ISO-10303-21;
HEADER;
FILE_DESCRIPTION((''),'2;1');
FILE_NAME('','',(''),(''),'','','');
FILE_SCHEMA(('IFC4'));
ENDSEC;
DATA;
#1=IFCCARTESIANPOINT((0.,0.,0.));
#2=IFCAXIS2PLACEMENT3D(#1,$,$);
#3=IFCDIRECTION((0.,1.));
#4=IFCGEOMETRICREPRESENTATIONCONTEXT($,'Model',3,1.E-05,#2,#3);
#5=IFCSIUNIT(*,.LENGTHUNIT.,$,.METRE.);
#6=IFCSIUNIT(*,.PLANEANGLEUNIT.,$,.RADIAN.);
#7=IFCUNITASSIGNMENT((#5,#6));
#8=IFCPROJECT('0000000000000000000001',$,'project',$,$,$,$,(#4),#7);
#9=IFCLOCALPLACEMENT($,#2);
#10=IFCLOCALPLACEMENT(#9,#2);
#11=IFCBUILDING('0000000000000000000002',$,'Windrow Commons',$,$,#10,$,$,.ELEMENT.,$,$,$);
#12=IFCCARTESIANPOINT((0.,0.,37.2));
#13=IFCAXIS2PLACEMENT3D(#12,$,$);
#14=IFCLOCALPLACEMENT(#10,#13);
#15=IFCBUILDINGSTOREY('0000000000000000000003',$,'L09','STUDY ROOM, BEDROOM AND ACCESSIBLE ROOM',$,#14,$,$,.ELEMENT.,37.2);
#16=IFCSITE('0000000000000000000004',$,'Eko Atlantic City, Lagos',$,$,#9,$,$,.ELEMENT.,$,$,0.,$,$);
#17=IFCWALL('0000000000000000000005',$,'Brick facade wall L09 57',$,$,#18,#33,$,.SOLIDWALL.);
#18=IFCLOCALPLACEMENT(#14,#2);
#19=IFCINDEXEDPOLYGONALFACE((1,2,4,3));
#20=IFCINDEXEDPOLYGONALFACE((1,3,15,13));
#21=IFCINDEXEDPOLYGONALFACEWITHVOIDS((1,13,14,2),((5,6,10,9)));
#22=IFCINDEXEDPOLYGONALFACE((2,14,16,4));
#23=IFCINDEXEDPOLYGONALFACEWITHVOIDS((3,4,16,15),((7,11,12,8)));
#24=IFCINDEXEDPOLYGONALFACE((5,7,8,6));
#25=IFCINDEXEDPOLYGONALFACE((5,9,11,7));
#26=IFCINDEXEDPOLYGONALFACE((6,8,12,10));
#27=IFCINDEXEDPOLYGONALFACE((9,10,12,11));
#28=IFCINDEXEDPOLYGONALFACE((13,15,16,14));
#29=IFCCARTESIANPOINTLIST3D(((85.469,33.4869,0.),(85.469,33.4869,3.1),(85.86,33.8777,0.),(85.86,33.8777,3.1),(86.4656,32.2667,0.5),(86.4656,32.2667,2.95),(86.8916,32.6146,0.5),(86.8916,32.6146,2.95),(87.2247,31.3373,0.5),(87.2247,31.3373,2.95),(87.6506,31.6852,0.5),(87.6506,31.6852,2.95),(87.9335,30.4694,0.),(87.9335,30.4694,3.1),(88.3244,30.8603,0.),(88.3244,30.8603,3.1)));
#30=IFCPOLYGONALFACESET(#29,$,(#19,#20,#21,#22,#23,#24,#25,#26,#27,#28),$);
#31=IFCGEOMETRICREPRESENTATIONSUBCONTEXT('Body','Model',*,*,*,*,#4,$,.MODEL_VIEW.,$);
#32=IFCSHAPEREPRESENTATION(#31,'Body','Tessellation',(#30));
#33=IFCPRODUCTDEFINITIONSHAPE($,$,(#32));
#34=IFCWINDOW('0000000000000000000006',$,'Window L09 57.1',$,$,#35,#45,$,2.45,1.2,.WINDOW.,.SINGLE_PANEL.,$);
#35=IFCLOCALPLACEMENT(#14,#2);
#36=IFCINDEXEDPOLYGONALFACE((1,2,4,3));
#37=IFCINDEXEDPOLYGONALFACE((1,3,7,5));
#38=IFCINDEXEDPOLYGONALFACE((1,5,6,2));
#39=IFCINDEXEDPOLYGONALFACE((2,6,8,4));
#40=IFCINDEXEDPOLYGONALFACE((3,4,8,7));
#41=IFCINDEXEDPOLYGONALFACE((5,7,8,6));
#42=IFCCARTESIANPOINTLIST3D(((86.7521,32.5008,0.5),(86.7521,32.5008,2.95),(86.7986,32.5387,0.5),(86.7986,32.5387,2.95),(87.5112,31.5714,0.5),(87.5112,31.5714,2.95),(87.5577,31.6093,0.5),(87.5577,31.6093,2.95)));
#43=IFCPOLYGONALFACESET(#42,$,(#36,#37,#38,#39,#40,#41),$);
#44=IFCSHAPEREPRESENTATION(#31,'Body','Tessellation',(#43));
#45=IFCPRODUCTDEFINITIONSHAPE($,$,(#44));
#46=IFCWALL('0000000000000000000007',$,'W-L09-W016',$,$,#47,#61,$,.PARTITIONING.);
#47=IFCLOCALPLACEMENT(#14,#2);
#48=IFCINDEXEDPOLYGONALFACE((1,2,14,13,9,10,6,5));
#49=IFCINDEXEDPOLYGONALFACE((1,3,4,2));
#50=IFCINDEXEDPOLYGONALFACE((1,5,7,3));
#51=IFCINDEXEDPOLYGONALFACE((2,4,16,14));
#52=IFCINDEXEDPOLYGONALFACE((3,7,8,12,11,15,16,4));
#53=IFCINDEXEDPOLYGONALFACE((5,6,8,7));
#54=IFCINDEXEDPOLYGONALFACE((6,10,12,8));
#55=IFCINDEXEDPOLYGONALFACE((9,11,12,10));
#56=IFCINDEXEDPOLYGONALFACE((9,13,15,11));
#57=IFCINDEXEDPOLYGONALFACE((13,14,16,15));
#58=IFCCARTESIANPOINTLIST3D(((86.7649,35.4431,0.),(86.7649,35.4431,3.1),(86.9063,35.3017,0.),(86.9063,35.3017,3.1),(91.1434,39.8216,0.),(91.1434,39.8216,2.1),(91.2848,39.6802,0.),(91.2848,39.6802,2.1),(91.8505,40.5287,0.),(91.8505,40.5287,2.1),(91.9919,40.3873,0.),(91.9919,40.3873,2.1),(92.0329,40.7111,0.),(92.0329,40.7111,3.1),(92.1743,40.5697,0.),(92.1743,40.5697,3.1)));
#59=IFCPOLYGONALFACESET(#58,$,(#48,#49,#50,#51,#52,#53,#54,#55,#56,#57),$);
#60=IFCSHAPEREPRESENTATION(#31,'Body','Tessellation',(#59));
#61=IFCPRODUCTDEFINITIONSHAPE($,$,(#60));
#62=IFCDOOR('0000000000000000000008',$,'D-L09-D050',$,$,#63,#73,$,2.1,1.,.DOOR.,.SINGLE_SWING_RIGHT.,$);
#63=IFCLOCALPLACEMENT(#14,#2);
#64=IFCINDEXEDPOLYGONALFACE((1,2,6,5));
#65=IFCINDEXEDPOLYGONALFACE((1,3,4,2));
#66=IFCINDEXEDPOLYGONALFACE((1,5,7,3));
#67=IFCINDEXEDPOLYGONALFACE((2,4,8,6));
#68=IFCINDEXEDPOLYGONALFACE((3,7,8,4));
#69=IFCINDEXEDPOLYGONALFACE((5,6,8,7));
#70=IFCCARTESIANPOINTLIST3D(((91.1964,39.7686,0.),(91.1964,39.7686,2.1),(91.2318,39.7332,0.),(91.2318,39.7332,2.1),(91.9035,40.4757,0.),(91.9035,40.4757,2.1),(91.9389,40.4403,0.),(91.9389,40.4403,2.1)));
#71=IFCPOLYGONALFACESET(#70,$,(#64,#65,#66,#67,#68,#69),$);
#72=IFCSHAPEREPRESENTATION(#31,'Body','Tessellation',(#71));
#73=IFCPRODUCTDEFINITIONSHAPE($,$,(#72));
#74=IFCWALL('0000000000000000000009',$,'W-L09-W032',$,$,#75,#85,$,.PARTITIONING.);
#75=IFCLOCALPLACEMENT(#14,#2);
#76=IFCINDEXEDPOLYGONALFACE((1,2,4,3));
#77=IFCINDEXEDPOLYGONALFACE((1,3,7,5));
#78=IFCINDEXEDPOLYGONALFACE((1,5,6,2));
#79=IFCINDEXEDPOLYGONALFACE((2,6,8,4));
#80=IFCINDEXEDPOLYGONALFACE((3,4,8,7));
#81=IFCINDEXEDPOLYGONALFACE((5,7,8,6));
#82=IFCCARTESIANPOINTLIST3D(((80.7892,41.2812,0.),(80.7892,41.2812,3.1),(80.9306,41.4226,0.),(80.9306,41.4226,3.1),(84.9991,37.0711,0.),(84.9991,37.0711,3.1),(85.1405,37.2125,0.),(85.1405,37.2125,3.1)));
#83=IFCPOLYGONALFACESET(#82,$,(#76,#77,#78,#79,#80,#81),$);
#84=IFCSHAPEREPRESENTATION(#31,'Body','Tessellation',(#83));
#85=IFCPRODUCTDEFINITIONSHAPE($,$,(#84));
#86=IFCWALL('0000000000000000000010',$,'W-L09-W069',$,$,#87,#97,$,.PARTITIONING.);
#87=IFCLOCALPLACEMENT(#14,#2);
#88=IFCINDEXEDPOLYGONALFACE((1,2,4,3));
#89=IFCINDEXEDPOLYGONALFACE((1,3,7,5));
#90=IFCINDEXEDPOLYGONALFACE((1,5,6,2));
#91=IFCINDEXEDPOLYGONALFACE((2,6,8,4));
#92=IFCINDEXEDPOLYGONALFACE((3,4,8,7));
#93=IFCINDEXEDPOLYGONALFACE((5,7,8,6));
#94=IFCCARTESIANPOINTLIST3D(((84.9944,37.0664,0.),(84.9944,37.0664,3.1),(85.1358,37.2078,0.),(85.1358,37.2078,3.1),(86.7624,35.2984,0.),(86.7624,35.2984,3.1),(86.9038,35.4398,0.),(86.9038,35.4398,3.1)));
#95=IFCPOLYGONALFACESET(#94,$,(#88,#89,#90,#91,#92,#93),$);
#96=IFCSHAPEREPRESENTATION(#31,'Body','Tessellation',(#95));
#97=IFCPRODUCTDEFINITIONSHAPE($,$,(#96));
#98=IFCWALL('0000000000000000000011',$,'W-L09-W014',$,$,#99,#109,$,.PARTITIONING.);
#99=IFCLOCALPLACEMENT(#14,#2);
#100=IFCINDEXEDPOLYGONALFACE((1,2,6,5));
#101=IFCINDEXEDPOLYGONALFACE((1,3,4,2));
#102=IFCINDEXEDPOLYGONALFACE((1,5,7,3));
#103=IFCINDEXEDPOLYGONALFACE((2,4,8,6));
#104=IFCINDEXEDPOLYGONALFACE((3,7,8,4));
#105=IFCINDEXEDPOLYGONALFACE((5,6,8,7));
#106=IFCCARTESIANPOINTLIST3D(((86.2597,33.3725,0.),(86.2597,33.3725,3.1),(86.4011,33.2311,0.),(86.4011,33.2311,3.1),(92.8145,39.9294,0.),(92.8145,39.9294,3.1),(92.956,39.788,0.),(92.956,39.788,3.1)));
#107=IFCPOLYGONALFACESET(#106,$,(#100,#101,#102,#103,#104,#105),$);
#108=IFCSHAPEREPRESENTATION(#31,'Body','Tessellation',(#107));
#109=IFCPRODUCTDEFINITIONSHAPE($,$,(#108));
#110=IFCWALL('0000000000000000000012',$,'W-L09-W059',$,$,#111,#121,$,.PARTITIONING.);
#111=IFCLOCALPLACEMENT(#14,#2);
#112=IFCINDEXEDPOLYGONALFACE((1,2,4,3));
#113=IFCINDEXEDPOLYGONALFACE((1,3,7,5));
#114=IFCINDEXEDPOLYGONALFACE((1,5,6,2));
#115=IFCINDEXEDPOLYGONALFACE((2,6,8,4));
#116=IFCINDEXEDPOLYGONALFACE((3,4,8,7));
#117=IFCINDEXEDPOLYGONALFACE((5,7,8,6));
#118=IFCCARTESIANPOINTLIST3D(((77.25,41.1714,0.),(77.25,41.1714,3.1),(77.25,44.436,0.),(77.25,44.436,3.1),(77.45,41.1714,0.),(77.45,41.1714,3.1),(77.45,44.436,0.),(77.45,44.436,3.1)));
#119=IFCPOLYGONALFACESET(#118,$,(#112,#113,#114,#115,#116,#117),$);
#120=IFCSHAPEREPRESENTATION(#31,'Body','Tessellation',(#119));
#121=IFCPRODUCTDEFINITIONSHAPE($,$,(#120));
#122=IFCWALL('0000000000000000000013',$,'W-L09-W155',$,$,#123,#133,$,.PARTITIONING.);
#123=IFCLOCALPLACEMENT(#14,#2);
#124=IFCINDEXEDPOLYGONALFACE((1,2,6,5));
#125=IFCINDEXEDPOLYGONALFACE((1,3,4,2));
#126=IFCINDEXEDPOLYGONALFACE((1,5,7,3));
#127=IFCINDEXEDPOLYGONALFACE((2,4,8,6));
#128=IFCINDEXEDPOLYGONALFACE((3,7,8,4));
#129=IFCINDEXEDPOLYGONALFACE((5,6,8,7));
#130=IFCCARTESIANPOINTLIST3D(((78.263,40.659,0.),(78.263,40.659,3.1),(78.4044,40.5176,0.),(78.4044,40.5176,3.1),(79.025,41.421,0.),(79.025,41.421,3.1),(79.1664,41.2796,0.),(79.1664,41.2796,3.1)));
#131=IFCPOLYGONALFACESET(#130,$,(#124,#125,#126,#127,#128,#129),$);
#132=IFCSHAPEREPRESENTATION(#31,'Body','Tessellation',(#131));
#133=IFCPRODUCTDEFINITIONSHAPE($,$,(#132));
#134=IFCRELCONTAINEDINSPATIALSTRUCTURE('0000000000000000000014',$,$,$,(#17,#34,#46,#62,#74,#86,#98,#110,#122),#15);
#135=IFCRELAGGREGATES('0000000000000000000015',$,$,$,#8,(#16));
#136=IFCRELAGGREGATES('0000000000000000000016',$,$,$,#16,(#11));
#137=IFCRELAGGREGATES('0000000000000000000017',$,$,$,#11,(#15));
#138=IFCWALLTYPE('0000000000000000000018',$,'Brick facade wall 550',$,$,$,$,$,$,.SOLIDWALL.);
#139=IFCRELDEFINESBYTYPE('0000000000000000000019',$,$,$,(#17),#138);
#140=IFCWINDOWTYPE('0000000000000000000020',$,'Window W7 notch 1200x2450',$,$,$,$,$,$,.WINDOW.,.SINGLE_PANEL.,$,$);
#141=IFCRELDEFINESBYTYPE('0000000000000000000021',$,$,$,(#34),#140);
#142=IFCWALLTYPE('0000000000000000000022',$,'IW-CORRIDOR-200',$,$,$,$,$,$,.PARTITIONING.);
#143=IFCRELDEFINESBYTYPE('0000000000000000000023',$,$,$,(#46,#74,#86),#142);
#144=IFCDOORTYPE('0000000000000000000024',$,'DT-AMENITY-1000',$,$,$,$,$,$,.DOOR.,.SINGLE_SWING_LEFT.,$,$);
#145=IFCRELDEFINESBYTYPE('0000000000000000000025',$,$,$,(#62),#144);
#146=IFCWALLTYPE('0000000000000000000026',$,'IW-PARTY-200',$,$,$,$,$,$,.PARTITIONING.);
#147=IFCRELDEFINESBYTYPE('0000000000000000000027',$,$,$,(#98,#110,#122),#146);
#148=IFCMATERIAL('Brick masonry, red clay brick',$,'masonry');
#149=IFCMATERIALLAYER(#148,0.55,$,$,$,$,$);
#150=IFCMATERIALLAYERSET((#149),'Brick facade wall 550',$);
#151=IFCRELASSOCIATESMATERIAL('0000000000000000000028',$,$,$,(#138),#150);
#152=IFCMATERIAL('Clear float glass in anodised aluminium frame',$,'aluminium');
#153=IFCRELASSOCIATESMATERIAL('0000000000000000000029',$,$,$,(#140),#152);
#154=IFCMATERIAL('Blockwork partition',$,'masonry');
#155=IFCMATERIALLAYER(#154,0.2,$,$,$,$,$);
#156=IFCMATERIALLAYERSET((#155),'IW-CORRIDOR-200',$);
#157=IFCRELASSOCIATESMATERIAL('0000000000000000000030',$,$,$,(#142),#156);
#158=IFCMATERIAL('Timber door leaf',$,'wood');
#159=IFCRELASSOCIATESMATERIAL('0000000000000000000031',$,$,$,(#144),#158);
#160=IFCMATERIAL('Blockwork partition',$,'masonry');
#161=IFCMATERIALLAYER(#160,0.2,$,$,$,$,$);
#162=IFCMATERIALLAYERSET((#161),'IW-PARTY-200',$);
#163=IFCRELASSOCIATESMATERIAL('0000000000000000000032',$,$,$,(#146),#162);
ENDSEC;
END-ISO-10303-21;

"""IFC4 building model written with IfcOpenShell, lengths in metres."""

from ifc_helpers import new_model, si_unit, direction, frame, frame_2d, origin, place, context, subcontext, project, spatial, polyline, rectangle, outline, extrude, material, layer, layer_set, type_object, element, fill, save


model = new_model("IFC4")

# Units and contexts
model_context = context("Model", 3, precision=1e-05, world=origin(), true_north=direction((0.0, 1.0)))
body_context = subcontext(model_context, "Body", "Model", "MODEL_VIEW")
ifc_project = project(units=[si_unit("LENGTHUNIT", "METRE"), si_unit("PLANEANGLEUNIT", "RADIAN")], contexts=[model_context])

# Site, building, storey
site_placement = place(None, origin())
site = spatial("IfcSite", under=ifc_project, at=site_placement, Name="Eko Atlantic City, Lagos", CompositionType="ELEMENT", RefElevation=0.0)
building_placement = place(site_placement, origin())
building = spatial("IfcBuilding", under=site, at=building_placement, Name="Windrow Commons", CompositionType="ELEMENT")
storey_placement = place(building_placement, frame((0.0, 0.0, 37.2)))
storey = spatial("IfcBuildingStorey", under=building, at=storey_placement, Name="L09", Description="STUDY ROOM, BEDROOM AND ACCESSIBLE ROOM", CompositionType="ELEMENT", Elevation=37.2)

# Shared definitions
ifc_material_1 = material(Name="Brick masonry, red clay brick", Category="masonry")
ifc_layer_1 = layer(ifc_material_1, 0.55)
ifc_layer_set_1 = layer_set([ifc_layer_1], Name="Brick facade wall 550")
wall_type_1 = type_object("IfcWallType", Name="Brick facade wall 550", PredefinedType="SOLIDWALL", material=ifc_layer_set_1)
ifc_material_2 = material(Name="Clear float glass in anodised aluminium frame", Category="aluminium")
window_type_1 = type_object("IfcWindowType", Name="Window W7 notch 1200x2450", PartitioningType="SINGLE_PANEL", PredefinedType="WINDOW", material=ifc_material_2)

# Wall, opening, window
wall_1_placement = place(storey_placement, frame((85.6645, 33.6823, 0.0), z_axis=(0.0, 0.0, 1.0), x_axis=(0.632567, -0.774506, 0.0)))
wall_1 = element("IfcWall", 1, at=wall_1_placement, inside=storey, type_object=wall_type_1, Name="Brick facade wall L09 57", PredefinedType="SOLIDWALL", context=body_context, shape_type="SweptSolid", body=[
    extrude(outline(polyline([(0.0277, -0.275), (3.9237, -0.275), (3.8682, 0.275), (-0.0277, 0.275), (0.0277, -0.275)])), origin(), (0.0, 0.0, 1.0), 3.1),
])
opening_1_placement = place(wall_1_placement, frame((1.6031, 0.0, 0.5)))
opening_1 = element("IfcOpeningElement", 2, at=opening_1_placement, cuts=wall_1, PredefinedType="OPENING", context=body_context, shape_type="SweptSolid", body=[
    extrude(rectangle(XDim=1.2, YDim=2.45, at=frame_2d((0.6, 1.225))), frame((0.0, 0.285, 0.0), z_axis=(0.0, -1.0, 0.0), x_axis=(1.0, 0.0, 0.0)), (0.0, 0.0, 1.0), 0.57),
])
window_1_placement = place(opening_1_placement, origin())
window_1 = element("IfcWindow", 3, at=window_1_placement, inside=storey, type_object=window_type_1, Name="Window L09 57.1", OverallHeight=2.45, OverallWidth=1.2, PartitioningType="SINGLE_PANEL", PredefinedType="WINDOW", context=body_context, shape_type="SweptSolid", body=[
    extrude(rectangle(XDim=1.2, YDim=2.45, at=frame_2d((0.6, 1.225))), frame((0.0, 0.155, 0.0), z_axis=(0.0, -1.0, 0.0), x_axis=(1.0, 0.0, 0.0)), (0.0, 0.0, 1.0), 0.06),
])
fill(opening_1, window_1)

# Wall, opening, door
ifc_material_3 = material(Name="Blockwork partition", Category="masonry")
ifc_layer_2 = layer(ifc_material_3, 0.2)
ifc_layer_set_2 = layer_set([ifc_layer_2], Name="IW-CORRIDOR-200")
wall_type_2 = type_object("IfcWallType", Name="IW-CORRIDOR-200", PredefinedType="PARTITIONING", material=ifc_layer_set_2)
wall_2_placement = place(storey_placement, frame((86.8356, 35.3724, 0.0), z_axis=(0.0, 0.0, 1.0), x_axis=(0.707107, 0.707107, 0.0)))
wall_2 = element("IfcWall", 4, at=wall_2_placement, inside=storey, type_object=wall_type_2, Name="W-L09-W016", PredefinedType="PARTITIONING", context=body_context, shape_type="SweptSolid", body=[
    extrude(rectangle(XDim=7.4501, YDim=0.2, at=frame_2d((3.725, 0.0))), origin(), (0.0, 0.0, 1.0), 3.1),
])
opening_2_placement = place(wall_2_placement, frame((6.1921, 0.0, 0.0)))
opening_2 = element("IfcOpeningElement", 5, at=opening_2_placement, cuts=wall_2, PredefinedType="OPENING", context=body_context, shape_type="SweptSolid", body=[
    extrude(rectangle(XDim=1.0, YDim=2.1, at=frame_2d((0.5, 1.05))), frame((0.0, 0.11, 0.0), z_axis=(0.0, -1.0, 0.0), x_axis=(1.0, 0.0, 0.0)), (0.0, 0.0, 1.0), 0.22),
])
ifc_material_4 = material(Name="Timber door leaf", Category="wood")
door_type_1 = type_object("IfcDoorType", Name="DT-AMENITY-1000", OperationType="SINGLE_SWING_LEFT", PredefinedType="DOOR", material=ifc_material_4)
door_1_placement = place(opening_2_placement, origin())
door_1 = element("IfcDoor", 6, at=door_1_placement, inside=storey, type_object=door_type_1, Name="D-L09-D050", OperationType="SINGLE_SWING_RIGHT", OverallHeight=2.1, OverallWidth=1.0, PredefinedType="DOOR", context=body_context, shape_type="SweptSolid", body=[
    extrude(rectangle(XDim=1.0, YDim=2.1, at=frame_2d((0.5, 1.05))), frame((0.0, 0.025, 0.0), z_axis=(0.0, -1.0, 0.0), x_axis=(1.0, 0.0, 0.0)), (0.0, 0.0, 1.0), 0.05),
])
fill(opening_2, door_1)

# Walls
wall_3_placement = place(storey_placement, frame((85.0698, 37.1418, 0.0), z_axis=(0.0, 0.0, 1.0), x_axis=(-0.70709, 0.707124, 0.0)))
element("IfcWall", 7, at=wall_3_placement, inside=storey, type_object=wall_type_2, Name="W-L09-W032", PredefinedType="PARTITIONING", context=body_context, shape_type="SweptSolid", body=[
    extrude(rectangle(XDim=5.9538, YDim=0.2, at=frame_2d((2.9769, 0.0))), origin(), (0.0, 0.0, 1.0), 3.1),
])
wall_4_placement = place(storey_placement, frame((85.0651, 37.1371, 0.0), z_axis=(0.0, 0.0, 1.0), x_axis=(0.707107, -0.707107, 0.0)))
element("IfcWall", 8, at=wall_4_placement, inside=storey, type_object=wall_type_2, Name="W-L09-W069", PredefinedType="PARTITIONING", context=body_context, shape_type="SweptSolid", body=[
    extrude(rectangle(XDim=2.5003, YDim=0.2, at=frame_2d((1.2502, 0.0))), origin(), (0.0, 0.0, 1.0), 3.1),
])
ifc_material_5 = material(Name="Blockwork partition", Category="masonry")
ifc_layer_3 = layer(ifc_material_5, 0.2)
ifc_layer_set_3 = layer_set([ifc_layer_3], Name="IW-PARTY-200")
wall_type_3 = type_object("IfcWallType", Name="IW-PARTY-200", PredefinedType="PARTITIONING", material=ifc_layer_set_3)
wall_5_placement = place(storey_placement, frame((86.3304, 33.3018, 0.0), z_axis=(0.0, 0.0, 1.0), x_axis=(0.706999, 0.707215, 0.0)))
element("IfcWall", 9, at=wall_5_placement, inside=storey, type_object=wall_type_3, Name="W-L09-W014", PredefinedType="PARTITIONING", context=body_context, shape_type="SweptSolid", body=[
    extrude(rectangle(XDim=9.2714, YDim=0.2, at=frame_2d((4.6357, 0.0))), origin(), (0.0, 0.0, 1.0), 3.1),
])
wall_6_placement = place(storey_placement, frame((77.35, 41.1714, 0.0), z_axis=(0.0, 0.0, 1.0), x_axis=(0.0, 1.0, 0.0)))
element("IfcWall", 10, at=wall_6_placement, inside=storey, type_object=wall_type_3, Name="W-L09-W059", PredefinedType="PARTITIONING", context=body_context, shape_type="SweptSolid", body=[
    extrude(rectangle(XDim=3.2646, YDim=0.2, at=frame_2d((1.6323, 0.0))), origin(), (0.0, 0.0, 1.0), 3.1),
])
wall_7_placement = place(storey_placement, frame((78.3337, 40.5883, 0.0), z_axis=(0.0, 0.0, 1.0), x_axis=(0.707107, 0.707107, 0.0)))
element("IfcWall", 11, at=wall_7_placement, inside=storey, type_object=wall_type_3, Name="W-L09-W155", PredefinedType="PARTITIONING", context=body_context, shape_type="SweptSolid", body=[
    extrude(rectangle(XDim=1.0776, YDim=0.2, at=frame_2d((0.5388, 0.0))), origin(), (0.0, 0.0, 1.0), 3.1),
])

save(model, "model.ifc")
